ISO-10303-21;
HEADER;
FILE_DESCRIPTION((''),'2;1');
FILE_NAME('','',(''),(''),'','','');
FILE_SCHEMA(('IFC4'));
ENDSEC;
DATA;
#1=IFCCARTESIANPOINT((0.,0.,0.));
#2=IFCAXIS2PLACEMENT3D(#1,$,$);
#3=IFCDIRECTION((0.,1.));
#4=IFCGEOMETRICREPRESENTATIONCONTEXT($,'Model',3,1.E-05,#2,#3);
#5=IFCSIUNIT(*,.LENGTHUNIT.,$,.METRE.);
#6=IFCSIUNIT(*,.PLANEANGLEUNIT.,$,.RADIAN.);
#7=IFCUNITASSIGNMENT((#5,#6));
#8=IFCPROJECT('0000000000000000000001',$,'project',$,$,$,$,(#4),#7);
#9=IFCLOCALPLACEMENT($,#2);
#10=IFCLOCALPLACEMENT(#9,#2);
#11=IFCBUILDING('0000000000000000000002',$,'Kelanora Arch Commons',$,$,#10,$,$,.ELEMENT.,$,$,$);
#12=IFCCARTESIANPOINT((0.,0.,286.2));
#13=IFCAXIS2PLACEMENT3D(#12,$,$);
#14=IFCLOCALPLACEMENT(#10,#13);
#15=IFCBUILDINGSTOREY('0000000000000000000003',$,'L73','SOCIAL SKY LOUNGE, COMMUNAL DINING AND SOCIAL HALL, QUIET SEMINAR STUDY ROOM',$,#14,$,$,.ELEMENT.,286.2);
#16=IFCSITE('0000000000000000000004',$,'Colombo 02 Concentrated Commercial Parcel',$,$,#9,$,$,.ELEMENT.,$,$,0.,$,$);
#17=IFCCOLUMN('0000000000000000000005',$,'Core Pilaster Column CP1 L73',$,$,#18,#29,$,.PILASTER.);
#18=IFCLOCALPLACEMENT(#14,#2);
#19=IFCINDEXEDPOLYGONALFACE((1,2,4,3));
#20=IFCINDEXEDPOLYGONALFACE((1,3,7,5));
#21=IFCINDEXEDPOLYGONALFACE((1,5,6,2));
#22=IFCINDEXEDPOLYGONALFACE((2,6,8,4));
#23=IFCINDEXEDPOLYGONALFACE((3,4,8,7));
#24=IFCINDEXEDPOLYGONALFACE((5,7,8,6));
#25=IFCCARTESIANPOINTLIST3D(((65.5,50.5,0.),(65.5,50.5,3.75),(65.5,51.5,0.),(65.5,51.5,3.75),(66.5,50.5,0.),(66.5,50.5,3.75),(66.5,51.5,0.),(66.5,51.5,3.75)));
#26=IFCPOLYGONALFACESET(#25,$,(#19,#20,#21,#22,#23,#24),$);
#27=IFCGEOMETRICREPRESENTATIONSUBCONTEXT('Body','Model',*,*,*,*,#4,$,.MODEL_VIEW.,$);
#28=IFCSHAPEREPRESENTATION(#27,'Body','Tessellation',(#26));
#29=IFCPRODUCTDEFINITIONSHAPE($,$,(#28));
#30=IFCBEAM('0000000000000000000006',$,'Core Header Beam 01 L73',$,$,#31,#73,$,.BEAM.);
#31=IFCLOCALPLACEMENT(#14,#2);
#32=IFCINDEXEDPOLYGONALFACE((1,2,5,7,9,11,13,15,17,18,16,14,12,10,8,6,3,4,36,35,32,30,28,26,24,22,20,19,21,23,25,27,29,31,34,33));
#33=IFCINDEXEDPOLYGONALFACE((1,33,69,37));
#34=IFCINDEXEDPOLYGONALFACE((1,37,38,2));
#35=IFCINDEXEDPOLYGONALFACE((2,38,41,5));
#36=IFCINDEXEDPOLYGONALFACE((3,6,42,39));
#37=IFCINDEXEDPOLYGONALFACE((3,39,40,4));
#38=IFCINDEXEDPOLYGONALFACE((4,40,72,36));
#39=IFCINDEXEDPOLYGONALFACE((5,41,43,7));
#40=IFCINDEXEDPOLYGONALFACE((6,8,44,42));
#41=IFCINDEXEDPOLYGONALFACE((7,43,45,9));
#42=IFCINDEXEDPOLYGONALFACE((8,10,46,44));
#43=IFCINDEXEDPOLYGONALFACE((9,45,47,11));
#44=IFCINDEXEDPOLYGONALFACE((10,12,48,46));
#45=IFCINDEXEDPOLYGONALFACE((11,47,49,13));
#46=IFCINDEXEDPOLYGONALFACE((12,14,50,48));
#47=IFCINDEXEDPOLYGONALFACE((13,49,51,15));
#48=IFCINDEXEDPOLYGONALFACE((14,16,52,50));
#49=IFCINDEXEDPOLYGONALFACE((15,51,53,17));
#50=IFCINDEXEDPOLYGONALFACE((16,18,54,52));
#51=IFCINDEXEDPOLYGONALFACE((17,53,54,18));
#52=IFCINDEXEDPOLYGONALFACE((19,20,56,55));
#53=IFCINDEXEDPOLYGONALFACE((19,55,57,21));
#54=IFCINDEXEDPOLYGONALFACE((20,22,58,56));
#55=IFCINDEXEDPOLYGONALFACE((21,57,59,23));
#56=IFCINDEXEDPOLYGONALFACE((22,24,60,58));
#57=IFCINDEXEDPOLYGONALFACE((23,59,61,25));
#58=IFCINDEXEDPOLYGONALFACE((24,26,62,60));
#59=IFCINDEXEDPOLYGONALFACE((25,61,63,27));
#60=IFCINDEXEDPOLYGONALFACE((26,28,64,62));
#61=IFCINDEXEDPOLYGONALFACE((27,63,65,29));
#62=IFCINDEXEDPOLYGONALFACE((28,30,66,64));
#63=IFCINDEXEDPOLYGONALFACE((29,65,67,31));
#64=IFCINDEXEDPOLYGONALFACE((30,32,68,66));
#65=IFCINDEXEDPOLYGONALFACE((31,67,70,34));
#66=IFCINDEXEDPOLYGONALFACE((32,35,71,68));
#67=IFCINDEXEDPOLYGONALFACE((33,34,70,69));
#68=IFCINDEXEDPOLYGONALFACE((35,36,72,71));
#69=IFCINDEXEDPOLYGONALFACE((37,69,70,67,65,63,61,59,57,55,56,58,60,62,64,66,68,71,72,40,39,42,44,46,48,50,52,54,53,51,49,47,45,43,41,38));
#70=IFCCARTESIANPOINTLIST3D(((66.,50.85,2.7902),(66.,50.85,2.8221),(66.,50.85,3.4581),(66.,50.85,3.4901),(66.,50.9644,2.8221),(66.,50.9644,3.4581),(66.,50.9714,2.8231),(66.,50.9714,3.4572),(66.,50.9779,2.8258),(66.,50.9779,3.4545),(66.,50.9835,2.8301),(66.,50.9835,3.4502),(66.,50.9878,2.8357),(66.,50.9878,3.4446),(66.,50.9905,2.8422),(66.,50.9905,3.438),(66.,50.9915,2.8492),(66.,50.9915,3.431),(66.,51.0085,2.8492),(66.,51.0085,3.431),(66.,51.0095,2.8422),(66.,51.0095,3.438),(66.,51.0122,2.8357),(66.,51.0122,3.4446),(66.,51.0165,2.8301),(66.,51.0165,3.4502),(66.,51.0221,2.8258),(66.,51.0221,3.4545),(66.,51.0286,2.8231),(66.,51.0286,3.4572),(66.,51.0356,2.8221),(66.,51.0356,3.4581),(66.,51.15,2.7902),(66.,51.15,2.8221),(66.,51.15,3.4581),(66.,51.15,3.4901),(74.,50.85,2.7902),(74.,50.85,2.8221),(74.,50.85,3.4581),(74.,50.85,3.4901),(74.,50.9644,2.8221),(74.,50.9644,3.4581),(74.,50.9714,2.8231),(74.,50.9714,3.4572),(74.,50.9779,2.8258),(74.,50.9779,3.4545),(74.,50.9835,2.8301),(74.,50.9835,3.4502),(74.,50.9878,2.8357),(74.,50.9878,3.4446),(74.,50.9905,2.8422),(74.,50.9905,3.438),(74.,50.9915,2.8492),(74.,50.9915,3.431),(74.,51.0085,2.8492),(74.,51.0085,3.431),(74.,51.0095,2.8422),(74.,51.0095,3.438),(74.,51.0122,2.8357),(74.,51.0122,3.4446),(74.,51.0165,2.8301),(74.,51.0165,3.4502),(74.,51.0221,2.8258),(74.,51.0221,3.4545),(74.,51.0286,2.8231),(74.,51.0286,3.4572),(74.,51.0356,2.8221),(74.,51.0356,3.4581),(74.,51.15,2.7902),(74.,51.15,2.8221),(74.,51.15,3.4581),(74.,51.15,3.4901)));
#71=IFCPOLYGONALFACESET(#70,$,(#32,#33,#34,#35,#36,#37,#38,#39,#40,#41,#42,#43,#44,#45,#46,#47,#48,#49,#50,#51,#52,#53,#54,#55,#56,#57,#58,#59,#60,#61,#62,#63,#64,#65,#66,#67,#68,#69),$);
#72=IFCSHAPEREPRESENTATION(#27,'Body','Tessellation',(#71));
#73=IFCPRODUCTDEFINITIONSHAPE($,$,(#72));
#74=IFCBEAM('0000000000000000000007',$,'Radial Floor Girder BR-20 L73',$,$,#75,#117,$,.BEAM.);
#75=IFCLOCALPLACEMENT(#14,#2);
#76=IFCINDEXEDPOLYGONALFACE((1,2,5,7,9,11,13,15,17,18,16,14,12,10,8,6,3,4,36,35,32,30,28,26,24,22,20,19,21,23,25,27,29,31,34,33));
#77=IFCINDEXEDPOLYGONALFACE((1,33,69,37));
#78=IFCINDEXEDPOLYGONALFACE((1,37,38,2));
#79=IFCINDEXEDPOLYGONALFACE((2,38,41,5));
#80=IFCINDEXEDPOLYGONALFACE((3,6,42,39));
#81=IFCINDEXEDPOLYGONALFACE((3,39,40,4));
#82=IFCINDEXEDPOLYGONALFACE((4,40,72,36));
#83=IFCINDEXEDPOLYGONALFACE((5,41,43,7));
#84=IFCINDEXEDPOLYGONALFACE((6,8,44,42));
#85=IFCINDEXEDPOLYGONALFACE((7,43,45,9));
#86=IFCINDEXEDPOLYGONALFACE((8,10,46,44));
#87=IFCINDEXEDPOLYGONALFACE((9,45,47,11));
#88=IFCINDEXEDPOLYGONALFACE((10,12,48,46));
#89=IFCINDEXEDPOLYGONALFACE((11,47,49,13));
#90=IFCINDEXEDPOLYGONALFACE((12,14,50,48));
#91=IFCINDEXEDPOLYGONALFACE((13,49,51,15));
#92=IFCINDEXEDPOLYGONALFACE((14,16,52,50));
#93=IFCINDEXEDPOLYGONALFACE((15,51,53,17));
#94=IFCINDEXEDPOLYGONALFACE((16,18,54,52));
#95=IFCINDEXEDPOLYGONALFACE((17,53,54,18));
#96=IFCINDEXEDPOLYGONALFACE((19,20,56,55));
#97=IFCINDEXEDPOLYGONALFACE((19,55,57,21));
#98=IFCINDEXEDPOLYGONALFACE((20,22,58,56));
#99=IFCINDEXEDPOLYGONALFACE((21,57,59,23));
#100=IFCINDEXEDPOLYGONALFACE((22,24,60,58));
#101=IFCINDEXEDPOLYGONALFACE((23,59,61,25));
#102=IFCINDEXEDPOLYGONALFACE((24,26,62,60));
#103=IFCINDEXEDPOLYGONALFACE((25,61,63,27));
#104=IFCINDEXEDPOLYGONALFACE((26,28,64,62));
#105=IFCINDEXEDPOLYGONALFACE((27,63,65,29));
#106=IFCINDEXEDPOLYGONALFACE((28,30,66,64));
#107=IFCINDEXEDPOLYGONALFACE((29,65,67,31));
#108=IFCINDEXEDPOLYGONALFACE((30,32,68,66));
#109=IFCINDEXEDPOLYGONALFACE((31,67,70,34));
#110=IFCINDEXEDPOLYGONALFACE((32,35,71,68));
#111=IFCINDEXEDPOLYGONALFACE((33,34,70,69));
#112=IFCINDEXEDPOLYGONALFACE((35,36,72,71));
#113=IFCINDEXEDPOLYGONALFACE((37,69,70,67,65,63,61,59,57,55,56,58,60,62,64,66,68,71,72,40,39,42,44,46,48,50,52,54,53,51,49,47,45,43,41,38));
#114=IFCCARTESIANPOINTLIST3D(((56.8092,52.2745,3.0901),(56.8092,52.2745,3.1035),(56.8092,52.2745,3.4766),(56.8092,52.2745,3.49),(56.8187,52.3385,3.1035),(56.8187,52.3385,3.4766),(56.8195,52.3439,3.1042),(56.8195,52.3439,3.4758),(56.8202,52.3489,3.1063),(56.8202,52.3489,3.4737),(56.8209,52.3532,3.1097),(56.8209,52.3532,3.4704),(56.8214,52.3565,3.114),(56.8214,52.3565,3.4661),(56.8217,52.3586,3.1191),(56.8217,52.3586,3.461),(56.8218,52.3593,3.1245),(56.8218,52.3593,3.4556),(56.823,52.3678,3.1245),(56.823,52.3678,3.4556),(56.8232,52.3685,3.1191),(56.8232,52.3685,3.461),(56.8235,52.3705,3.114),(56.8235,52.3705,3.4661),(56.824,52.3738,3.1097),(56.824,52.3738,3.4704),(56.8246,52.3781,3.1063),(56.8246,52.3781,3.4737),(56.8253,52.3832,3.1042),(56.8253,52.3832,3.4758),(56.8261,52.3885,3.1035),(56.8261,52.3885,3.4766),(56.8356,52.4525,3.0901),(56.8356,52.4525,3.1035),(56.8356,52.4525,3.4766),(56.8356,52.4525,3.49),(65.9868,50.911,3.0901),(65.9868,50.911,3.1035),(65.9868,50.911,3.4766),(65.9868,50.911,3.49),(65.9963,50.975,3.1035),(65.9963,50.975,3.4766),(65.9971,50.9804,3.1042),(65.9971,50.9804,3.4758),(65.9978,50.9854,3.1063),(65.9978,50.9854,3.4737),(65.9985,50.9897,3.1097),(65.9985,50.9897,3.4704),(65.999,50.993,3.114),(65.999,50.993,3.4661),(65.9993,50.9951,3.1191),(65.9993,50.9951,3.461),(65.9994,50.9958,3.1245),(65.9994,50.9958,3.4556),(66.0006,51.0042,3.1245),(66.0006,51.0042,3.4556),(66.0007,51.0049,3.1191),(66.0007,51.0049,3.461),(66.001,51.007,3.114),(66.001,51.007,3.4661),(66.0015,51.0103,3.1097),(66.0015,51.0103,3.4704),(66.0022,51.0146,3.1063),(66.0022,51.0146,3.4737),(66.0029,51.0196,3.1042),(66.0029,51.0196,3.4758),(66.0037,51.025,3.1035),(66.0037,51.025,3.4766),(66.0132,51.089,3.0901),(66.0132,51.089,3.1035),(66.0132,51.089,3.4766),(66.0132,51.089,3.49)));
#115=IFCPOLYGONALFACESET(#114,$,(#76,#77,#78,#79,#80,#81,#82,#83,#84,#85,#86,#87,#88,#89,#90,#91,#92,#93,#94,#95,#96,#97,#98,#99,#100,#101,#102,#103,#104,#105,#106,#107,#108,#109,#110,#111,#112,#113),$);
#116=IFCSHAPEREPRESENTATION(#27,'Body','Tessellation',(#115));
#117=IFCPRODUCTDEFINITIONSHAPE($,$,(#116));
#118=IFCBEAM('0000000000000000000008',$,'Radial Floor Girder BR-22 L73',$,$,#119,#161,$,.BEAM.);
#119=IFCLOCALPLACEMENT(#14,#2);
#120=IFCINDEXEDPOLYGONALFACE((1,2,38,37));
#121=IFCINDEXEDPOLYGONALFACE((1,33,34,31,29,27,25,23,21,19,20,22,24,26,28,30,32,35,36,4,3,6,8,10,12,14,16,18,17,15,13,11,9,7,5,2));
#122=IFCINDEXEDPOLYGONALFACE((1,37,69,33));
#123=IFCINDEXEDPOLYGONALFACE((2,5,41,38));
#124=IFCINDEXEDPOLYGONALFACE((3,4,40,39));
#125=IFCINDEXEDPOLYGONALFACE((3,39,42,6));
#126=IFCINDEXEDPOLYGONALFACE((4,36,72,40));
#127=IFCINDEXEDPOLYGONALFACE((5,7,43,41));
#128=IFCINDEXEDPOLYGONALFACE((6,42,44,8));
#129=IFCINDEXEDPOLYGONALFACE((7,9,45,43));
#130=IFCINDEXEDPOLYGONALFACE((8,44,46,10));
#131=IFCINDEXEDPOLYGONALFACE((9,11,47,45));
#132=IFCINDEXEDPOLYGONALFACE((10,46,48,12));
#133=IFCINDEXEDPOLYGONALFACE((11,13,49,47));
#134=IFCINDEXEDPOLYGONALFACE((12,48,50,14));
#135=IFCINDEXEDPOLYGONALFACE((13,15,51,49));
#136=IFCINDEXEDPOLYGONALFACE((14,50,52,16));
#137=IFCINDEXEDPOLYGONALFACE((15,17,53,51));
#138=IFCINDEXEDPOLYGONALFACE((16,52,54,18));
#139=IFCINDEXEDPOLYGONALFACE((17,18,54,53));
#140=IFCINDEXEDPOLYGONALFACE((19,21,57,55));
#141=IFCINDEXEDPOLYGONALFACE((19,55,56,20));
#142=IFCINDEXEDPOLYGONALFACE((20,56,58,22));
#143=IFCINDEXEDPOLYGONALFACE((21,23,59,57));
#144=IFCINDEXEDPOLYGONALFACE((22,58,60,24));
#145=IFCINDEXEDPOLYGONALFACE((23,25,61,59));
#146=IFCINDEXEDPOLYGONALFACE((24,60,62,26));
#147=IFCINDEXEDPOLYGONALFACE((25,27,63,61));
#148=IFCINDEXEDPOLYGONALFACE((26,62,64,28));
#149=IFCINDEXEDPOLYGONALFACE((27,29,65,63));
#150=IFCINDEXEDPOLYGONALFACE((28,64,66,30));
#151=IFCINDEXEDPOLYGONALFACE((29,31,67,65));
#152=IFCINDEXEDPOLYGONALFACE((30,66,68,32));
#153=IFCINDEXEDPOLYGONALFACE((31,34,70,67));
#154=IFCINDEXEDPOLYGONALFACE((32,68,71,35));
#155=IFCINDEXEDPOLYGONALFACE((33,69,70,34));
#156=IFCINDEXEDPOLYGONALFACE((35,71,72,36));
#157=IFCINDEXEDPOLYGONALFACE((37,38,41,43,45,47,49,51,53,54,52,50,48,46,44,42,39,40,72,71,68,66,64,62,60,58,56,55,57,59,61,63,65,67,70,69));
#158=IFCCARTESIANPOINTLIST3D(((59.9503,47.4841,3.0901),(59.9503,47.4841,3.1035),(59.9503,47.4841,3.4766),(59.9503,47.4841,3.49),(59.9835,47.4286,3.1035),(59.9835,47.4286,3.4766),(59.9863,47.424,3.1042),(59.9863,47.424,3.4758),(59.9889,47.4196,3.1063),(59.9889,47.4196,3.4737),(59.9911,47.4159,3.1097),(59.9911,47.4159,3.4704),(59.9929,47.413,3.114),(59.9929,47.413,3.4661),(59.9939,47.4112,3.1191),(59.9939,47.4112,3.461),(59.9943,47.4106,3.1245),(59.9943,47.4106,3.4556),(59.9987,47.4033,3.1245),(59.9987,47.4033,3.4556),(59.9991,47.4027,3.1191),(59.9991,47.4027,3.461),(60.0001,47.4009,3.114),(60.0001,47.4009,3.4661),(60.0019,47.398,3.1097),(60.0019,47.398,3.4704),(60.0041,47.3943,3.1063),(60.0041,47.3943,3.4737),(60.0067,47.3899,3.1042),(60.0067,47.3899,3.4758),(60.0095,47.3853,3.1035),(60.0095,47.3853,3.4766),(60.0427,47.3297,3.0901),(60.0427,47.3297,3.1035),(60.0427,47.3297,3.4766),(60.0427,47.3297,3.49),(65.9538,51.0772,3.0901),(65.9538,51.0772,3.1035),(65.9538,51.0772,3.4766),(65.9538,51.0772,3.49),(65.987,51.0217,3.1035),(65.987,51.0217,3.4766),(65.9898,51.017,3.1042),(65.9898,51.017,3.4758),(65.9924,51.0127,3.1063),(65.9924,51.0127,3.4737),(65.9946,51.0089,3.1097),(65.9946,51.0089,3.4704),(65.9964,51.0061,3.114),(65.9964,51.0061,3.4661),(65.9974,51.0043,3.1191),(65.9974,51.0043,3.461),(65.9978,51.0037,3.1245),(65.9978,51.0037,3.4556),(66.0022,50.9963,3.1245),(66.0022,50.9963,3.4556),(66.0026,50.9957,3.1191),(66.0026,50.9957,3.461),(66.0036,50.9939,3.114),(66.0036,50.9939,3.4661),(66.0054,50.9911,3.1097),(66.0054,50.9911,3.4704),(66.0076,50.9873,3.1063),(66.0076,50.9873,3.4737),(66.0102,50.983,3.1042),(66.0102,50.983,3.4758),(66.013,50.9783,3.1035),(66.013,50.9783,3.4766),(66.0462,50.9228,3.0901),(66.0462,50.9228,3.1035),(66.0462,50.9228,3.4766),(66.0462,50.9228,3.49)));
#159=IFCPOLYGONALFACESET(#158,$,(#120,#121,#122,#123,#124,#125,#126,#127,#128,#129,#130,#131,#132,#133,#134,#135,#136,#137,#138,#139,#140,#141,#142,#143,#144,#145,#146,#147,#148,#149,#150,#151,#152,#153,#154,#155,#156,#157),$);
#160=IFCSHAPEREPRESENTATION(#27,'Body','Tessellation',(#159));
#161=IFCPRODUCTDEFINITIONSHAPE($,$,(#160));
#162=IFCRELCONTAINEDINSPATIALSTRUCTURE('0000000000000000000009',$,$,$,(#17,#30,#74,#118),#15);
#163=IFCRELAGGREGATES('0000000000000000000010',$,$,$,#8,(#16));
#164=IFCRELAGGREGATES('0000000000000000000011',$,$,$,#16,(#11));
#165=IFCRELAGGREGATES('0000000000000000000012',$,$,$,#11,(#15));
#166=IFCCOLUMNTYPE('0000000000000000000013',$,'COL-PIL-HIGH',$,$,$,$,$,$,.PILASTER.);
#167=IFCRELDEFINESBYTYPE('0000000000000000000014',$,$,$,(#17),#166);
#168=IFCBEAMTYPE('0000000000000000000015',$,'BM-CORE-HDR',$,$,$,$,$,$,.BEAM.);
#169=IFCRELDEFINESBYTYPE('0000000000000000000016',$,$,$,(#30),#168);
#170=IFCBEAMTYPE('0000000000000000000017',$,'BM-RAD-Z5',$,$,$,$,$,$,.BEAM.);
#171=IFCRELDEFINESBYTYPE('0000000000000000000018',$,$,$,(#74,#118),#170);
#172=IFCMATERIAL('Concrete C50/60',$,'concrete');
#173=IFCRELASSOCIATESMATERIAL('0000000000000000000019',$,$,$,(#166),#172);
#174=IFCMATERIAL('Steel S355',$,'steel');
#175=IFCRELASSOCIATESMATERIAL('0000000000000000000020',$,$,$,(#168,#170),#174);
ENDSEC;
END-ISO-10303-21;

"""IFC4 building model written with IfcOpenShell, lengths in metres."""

from ifc_helpers import new_model, si_unit, direction, frame, origin, origin_2d, place, context, subcontext, project, spatial, rectangle, i_section, extrude, material, material_profile, profile_set, type_object, element, save


model = new_model("IFC4")

# Units and contexts
model_context = context("Model", 3, precision=1e-05, world=origin(), true_north=direction((0.0, 1.0)))
body_context = subcontext(model_context, "Body", "Model", "MODEL_VIEW")
ifc_project = project(units=[si_unit("LENGTHUNIT", "METRE"), si_unit("PLANEANGLEUNIT", "RADIAN")], contexts=[model_context])

# Site, building, storey
site_placement = place(None, origin())
site = spatial("IfcSite", under=ifc_project, at=site_placement, Name="Colombo 02 Concentrated Commercial Parcel", CompositionType="ELEMENT", RefElevation=0.0)
building_placement = place(site_placement, origin())
building = spatial("IfcBuilding", under=site, at=building_placement, Name="Kelanora Arch Commons", CompositionType="ELEMENT")
storey_placement = place(building_placement, frame((0.0, 0.0, 286.2)))
storey = spatial("IfcBuildingStorey", under=building, at=storey_placement, Name="L73", Description="SOCIAL SKY LOUNGE, COMMUNAL DINING AND SOCIAL HALL, QUIET SEMINAR STUDY ROOM", CompositionType="ELEMENT", Elevation=286.2)

# Column
ifc_material_1 = material(Name="Concrete C50/60", Category="concrete")
ifc_material_profile_1 = material_profile(ifc_material_1, rectangle(XDim=1.0, YDim=1.0, at=origin_2d()), Name="RC1000x1000")
ifc_profile_set_1 = profile_set([ifc_material_profile_1], Name="Concrete C50/60")
column_type = type_object("IfcColumnType", Name="COL-PIL-HIGH", PredefinedType="PILASTER", material=ifc_profile_set_1)
column_placement = place(storey_placement, frame((66.0, 51.0, 0.0), z_axis=(0.0, 0.0, 1.0), x_axis=(1.0, 0.0, 0.0)))
element("IfcColumn", 1, at=column_placement, inside=storey, type_object=column_type, Name="Core Pilaster Column CP1 L73", PredefinedType="PILASTER", context=body_context, shape_type="SweptSolid", body=[
    extrude(rectangle(XDim=1.0, YDim=1.0, at=origin_2d()), origin(), (0.0, 0.0, 1.0), 3.75),
])

# Beams
ifc_material_2 = material(Name="Steel S355", Category="steel")
ifc_material_profile_2 = material_profile(ifc_material_2, i_section(OverallWidth=0.3, OverallDepth=0.7, WebThickness=0.0171, FlangeThickness=0.032, FilletRadius=0.0271, at=origin_2d()), Name="HEB700")
ifc_profile_set_2 = profile_set([ifc_material_profile_2], Name="Steel S355")
beam_type_1 = type_object("IfcBeamType", Name="BM-CORE-HDR", PredefinedType="BEAM", material=ifc_profile_set_2)
beam_1_placement = place(storey_placement, frame((66.0, 51.0, 3.1401), z_axis=(1.0, 0.0, 0.0), x_axis=(0.0, 1.0, 0.0)))
element("IfcBeam", 2, at=beam_1_placement, inside=storey, type_object=beam_type_1, Name="Core Header Beam 01 L73", PredefinedType="BEAM", context=body_context, shape_type="SweptSolid", body=[
    extrude(i_section(OverallWidth=0.3, OverallDepth=0.7, WebThickness=0.0171, FlangeThickness=0.032, FilletRadius=0.0271, at=origin_2d()), origin(), (0.0, 0.0, 1.0), 8.0),
])
ifc_material_profile_3 = material_profile(ifc_material_2, i_section(OverallWidth=0.1799, OverallDepth=0.3999, WebThickness=0.0085, FlangeThickness=0.0134, FilletRadius=0.021, at=origin_2d()), Name="IPE400")
ifc_profile_set_3 = profile_set([ifc_material_profile_3], Name="Steel S355")
beam_type_2 = type_object("IfcBeamType", Name="BM-RAD-Z5", PredefinedType="BEAM", material=ifc_profile_set_3)
beam_2_placement = place(storey_placement, frame((66.0, 51.0, 3.29), z_axis=(-0.989142, 0.14696, 0.0), x_axis=(-0.14696, -0.989142, 0.0)))
element("IfcBeam", 3, at=beam_2_placement, inside=storey, type_object=beam_type_2, Name="Radial Floor Girder BR-20 L73", PredefinedType="BEAM", context=body_context, shape_type="SweptSolid", body=[
    extrude(i_section(OverallWidth=0.1799, OverallDepth=0.3999, WebThickness=0.0085, FlangeThickness=0.0134, FilletRadius=0.021, at=origin_2d()), origin(), (0.0, 0.0, 1.0), 9.2783),
])
beam_3_placement = place(storey_placement, frame((66.0, 51.0, 3.29), z_axis=(-0.858062, -0.513546, 0.0), x_axis=(0.513546, -0.858062, 0.0)))
element("IfcBeam", 4, at=beam_3_placement, inside=storey, type_object=beam_type_2, Name="Radial Floor Girder BR-22 L73", PredefinedType="BEAM", context=body_context, shape_type="SweptSolid", body=[
    extrude(i_section(OverallWidth=0.1799, OverallDepth=0.3999, WebThickness=0.0085, FlangeThickness=0.0134, FilletRadius=0.021, at=origin_2d()), origin(), (0.0, 0.0, 1.0), 6.9966),
])

save(model, "model.ifc")
